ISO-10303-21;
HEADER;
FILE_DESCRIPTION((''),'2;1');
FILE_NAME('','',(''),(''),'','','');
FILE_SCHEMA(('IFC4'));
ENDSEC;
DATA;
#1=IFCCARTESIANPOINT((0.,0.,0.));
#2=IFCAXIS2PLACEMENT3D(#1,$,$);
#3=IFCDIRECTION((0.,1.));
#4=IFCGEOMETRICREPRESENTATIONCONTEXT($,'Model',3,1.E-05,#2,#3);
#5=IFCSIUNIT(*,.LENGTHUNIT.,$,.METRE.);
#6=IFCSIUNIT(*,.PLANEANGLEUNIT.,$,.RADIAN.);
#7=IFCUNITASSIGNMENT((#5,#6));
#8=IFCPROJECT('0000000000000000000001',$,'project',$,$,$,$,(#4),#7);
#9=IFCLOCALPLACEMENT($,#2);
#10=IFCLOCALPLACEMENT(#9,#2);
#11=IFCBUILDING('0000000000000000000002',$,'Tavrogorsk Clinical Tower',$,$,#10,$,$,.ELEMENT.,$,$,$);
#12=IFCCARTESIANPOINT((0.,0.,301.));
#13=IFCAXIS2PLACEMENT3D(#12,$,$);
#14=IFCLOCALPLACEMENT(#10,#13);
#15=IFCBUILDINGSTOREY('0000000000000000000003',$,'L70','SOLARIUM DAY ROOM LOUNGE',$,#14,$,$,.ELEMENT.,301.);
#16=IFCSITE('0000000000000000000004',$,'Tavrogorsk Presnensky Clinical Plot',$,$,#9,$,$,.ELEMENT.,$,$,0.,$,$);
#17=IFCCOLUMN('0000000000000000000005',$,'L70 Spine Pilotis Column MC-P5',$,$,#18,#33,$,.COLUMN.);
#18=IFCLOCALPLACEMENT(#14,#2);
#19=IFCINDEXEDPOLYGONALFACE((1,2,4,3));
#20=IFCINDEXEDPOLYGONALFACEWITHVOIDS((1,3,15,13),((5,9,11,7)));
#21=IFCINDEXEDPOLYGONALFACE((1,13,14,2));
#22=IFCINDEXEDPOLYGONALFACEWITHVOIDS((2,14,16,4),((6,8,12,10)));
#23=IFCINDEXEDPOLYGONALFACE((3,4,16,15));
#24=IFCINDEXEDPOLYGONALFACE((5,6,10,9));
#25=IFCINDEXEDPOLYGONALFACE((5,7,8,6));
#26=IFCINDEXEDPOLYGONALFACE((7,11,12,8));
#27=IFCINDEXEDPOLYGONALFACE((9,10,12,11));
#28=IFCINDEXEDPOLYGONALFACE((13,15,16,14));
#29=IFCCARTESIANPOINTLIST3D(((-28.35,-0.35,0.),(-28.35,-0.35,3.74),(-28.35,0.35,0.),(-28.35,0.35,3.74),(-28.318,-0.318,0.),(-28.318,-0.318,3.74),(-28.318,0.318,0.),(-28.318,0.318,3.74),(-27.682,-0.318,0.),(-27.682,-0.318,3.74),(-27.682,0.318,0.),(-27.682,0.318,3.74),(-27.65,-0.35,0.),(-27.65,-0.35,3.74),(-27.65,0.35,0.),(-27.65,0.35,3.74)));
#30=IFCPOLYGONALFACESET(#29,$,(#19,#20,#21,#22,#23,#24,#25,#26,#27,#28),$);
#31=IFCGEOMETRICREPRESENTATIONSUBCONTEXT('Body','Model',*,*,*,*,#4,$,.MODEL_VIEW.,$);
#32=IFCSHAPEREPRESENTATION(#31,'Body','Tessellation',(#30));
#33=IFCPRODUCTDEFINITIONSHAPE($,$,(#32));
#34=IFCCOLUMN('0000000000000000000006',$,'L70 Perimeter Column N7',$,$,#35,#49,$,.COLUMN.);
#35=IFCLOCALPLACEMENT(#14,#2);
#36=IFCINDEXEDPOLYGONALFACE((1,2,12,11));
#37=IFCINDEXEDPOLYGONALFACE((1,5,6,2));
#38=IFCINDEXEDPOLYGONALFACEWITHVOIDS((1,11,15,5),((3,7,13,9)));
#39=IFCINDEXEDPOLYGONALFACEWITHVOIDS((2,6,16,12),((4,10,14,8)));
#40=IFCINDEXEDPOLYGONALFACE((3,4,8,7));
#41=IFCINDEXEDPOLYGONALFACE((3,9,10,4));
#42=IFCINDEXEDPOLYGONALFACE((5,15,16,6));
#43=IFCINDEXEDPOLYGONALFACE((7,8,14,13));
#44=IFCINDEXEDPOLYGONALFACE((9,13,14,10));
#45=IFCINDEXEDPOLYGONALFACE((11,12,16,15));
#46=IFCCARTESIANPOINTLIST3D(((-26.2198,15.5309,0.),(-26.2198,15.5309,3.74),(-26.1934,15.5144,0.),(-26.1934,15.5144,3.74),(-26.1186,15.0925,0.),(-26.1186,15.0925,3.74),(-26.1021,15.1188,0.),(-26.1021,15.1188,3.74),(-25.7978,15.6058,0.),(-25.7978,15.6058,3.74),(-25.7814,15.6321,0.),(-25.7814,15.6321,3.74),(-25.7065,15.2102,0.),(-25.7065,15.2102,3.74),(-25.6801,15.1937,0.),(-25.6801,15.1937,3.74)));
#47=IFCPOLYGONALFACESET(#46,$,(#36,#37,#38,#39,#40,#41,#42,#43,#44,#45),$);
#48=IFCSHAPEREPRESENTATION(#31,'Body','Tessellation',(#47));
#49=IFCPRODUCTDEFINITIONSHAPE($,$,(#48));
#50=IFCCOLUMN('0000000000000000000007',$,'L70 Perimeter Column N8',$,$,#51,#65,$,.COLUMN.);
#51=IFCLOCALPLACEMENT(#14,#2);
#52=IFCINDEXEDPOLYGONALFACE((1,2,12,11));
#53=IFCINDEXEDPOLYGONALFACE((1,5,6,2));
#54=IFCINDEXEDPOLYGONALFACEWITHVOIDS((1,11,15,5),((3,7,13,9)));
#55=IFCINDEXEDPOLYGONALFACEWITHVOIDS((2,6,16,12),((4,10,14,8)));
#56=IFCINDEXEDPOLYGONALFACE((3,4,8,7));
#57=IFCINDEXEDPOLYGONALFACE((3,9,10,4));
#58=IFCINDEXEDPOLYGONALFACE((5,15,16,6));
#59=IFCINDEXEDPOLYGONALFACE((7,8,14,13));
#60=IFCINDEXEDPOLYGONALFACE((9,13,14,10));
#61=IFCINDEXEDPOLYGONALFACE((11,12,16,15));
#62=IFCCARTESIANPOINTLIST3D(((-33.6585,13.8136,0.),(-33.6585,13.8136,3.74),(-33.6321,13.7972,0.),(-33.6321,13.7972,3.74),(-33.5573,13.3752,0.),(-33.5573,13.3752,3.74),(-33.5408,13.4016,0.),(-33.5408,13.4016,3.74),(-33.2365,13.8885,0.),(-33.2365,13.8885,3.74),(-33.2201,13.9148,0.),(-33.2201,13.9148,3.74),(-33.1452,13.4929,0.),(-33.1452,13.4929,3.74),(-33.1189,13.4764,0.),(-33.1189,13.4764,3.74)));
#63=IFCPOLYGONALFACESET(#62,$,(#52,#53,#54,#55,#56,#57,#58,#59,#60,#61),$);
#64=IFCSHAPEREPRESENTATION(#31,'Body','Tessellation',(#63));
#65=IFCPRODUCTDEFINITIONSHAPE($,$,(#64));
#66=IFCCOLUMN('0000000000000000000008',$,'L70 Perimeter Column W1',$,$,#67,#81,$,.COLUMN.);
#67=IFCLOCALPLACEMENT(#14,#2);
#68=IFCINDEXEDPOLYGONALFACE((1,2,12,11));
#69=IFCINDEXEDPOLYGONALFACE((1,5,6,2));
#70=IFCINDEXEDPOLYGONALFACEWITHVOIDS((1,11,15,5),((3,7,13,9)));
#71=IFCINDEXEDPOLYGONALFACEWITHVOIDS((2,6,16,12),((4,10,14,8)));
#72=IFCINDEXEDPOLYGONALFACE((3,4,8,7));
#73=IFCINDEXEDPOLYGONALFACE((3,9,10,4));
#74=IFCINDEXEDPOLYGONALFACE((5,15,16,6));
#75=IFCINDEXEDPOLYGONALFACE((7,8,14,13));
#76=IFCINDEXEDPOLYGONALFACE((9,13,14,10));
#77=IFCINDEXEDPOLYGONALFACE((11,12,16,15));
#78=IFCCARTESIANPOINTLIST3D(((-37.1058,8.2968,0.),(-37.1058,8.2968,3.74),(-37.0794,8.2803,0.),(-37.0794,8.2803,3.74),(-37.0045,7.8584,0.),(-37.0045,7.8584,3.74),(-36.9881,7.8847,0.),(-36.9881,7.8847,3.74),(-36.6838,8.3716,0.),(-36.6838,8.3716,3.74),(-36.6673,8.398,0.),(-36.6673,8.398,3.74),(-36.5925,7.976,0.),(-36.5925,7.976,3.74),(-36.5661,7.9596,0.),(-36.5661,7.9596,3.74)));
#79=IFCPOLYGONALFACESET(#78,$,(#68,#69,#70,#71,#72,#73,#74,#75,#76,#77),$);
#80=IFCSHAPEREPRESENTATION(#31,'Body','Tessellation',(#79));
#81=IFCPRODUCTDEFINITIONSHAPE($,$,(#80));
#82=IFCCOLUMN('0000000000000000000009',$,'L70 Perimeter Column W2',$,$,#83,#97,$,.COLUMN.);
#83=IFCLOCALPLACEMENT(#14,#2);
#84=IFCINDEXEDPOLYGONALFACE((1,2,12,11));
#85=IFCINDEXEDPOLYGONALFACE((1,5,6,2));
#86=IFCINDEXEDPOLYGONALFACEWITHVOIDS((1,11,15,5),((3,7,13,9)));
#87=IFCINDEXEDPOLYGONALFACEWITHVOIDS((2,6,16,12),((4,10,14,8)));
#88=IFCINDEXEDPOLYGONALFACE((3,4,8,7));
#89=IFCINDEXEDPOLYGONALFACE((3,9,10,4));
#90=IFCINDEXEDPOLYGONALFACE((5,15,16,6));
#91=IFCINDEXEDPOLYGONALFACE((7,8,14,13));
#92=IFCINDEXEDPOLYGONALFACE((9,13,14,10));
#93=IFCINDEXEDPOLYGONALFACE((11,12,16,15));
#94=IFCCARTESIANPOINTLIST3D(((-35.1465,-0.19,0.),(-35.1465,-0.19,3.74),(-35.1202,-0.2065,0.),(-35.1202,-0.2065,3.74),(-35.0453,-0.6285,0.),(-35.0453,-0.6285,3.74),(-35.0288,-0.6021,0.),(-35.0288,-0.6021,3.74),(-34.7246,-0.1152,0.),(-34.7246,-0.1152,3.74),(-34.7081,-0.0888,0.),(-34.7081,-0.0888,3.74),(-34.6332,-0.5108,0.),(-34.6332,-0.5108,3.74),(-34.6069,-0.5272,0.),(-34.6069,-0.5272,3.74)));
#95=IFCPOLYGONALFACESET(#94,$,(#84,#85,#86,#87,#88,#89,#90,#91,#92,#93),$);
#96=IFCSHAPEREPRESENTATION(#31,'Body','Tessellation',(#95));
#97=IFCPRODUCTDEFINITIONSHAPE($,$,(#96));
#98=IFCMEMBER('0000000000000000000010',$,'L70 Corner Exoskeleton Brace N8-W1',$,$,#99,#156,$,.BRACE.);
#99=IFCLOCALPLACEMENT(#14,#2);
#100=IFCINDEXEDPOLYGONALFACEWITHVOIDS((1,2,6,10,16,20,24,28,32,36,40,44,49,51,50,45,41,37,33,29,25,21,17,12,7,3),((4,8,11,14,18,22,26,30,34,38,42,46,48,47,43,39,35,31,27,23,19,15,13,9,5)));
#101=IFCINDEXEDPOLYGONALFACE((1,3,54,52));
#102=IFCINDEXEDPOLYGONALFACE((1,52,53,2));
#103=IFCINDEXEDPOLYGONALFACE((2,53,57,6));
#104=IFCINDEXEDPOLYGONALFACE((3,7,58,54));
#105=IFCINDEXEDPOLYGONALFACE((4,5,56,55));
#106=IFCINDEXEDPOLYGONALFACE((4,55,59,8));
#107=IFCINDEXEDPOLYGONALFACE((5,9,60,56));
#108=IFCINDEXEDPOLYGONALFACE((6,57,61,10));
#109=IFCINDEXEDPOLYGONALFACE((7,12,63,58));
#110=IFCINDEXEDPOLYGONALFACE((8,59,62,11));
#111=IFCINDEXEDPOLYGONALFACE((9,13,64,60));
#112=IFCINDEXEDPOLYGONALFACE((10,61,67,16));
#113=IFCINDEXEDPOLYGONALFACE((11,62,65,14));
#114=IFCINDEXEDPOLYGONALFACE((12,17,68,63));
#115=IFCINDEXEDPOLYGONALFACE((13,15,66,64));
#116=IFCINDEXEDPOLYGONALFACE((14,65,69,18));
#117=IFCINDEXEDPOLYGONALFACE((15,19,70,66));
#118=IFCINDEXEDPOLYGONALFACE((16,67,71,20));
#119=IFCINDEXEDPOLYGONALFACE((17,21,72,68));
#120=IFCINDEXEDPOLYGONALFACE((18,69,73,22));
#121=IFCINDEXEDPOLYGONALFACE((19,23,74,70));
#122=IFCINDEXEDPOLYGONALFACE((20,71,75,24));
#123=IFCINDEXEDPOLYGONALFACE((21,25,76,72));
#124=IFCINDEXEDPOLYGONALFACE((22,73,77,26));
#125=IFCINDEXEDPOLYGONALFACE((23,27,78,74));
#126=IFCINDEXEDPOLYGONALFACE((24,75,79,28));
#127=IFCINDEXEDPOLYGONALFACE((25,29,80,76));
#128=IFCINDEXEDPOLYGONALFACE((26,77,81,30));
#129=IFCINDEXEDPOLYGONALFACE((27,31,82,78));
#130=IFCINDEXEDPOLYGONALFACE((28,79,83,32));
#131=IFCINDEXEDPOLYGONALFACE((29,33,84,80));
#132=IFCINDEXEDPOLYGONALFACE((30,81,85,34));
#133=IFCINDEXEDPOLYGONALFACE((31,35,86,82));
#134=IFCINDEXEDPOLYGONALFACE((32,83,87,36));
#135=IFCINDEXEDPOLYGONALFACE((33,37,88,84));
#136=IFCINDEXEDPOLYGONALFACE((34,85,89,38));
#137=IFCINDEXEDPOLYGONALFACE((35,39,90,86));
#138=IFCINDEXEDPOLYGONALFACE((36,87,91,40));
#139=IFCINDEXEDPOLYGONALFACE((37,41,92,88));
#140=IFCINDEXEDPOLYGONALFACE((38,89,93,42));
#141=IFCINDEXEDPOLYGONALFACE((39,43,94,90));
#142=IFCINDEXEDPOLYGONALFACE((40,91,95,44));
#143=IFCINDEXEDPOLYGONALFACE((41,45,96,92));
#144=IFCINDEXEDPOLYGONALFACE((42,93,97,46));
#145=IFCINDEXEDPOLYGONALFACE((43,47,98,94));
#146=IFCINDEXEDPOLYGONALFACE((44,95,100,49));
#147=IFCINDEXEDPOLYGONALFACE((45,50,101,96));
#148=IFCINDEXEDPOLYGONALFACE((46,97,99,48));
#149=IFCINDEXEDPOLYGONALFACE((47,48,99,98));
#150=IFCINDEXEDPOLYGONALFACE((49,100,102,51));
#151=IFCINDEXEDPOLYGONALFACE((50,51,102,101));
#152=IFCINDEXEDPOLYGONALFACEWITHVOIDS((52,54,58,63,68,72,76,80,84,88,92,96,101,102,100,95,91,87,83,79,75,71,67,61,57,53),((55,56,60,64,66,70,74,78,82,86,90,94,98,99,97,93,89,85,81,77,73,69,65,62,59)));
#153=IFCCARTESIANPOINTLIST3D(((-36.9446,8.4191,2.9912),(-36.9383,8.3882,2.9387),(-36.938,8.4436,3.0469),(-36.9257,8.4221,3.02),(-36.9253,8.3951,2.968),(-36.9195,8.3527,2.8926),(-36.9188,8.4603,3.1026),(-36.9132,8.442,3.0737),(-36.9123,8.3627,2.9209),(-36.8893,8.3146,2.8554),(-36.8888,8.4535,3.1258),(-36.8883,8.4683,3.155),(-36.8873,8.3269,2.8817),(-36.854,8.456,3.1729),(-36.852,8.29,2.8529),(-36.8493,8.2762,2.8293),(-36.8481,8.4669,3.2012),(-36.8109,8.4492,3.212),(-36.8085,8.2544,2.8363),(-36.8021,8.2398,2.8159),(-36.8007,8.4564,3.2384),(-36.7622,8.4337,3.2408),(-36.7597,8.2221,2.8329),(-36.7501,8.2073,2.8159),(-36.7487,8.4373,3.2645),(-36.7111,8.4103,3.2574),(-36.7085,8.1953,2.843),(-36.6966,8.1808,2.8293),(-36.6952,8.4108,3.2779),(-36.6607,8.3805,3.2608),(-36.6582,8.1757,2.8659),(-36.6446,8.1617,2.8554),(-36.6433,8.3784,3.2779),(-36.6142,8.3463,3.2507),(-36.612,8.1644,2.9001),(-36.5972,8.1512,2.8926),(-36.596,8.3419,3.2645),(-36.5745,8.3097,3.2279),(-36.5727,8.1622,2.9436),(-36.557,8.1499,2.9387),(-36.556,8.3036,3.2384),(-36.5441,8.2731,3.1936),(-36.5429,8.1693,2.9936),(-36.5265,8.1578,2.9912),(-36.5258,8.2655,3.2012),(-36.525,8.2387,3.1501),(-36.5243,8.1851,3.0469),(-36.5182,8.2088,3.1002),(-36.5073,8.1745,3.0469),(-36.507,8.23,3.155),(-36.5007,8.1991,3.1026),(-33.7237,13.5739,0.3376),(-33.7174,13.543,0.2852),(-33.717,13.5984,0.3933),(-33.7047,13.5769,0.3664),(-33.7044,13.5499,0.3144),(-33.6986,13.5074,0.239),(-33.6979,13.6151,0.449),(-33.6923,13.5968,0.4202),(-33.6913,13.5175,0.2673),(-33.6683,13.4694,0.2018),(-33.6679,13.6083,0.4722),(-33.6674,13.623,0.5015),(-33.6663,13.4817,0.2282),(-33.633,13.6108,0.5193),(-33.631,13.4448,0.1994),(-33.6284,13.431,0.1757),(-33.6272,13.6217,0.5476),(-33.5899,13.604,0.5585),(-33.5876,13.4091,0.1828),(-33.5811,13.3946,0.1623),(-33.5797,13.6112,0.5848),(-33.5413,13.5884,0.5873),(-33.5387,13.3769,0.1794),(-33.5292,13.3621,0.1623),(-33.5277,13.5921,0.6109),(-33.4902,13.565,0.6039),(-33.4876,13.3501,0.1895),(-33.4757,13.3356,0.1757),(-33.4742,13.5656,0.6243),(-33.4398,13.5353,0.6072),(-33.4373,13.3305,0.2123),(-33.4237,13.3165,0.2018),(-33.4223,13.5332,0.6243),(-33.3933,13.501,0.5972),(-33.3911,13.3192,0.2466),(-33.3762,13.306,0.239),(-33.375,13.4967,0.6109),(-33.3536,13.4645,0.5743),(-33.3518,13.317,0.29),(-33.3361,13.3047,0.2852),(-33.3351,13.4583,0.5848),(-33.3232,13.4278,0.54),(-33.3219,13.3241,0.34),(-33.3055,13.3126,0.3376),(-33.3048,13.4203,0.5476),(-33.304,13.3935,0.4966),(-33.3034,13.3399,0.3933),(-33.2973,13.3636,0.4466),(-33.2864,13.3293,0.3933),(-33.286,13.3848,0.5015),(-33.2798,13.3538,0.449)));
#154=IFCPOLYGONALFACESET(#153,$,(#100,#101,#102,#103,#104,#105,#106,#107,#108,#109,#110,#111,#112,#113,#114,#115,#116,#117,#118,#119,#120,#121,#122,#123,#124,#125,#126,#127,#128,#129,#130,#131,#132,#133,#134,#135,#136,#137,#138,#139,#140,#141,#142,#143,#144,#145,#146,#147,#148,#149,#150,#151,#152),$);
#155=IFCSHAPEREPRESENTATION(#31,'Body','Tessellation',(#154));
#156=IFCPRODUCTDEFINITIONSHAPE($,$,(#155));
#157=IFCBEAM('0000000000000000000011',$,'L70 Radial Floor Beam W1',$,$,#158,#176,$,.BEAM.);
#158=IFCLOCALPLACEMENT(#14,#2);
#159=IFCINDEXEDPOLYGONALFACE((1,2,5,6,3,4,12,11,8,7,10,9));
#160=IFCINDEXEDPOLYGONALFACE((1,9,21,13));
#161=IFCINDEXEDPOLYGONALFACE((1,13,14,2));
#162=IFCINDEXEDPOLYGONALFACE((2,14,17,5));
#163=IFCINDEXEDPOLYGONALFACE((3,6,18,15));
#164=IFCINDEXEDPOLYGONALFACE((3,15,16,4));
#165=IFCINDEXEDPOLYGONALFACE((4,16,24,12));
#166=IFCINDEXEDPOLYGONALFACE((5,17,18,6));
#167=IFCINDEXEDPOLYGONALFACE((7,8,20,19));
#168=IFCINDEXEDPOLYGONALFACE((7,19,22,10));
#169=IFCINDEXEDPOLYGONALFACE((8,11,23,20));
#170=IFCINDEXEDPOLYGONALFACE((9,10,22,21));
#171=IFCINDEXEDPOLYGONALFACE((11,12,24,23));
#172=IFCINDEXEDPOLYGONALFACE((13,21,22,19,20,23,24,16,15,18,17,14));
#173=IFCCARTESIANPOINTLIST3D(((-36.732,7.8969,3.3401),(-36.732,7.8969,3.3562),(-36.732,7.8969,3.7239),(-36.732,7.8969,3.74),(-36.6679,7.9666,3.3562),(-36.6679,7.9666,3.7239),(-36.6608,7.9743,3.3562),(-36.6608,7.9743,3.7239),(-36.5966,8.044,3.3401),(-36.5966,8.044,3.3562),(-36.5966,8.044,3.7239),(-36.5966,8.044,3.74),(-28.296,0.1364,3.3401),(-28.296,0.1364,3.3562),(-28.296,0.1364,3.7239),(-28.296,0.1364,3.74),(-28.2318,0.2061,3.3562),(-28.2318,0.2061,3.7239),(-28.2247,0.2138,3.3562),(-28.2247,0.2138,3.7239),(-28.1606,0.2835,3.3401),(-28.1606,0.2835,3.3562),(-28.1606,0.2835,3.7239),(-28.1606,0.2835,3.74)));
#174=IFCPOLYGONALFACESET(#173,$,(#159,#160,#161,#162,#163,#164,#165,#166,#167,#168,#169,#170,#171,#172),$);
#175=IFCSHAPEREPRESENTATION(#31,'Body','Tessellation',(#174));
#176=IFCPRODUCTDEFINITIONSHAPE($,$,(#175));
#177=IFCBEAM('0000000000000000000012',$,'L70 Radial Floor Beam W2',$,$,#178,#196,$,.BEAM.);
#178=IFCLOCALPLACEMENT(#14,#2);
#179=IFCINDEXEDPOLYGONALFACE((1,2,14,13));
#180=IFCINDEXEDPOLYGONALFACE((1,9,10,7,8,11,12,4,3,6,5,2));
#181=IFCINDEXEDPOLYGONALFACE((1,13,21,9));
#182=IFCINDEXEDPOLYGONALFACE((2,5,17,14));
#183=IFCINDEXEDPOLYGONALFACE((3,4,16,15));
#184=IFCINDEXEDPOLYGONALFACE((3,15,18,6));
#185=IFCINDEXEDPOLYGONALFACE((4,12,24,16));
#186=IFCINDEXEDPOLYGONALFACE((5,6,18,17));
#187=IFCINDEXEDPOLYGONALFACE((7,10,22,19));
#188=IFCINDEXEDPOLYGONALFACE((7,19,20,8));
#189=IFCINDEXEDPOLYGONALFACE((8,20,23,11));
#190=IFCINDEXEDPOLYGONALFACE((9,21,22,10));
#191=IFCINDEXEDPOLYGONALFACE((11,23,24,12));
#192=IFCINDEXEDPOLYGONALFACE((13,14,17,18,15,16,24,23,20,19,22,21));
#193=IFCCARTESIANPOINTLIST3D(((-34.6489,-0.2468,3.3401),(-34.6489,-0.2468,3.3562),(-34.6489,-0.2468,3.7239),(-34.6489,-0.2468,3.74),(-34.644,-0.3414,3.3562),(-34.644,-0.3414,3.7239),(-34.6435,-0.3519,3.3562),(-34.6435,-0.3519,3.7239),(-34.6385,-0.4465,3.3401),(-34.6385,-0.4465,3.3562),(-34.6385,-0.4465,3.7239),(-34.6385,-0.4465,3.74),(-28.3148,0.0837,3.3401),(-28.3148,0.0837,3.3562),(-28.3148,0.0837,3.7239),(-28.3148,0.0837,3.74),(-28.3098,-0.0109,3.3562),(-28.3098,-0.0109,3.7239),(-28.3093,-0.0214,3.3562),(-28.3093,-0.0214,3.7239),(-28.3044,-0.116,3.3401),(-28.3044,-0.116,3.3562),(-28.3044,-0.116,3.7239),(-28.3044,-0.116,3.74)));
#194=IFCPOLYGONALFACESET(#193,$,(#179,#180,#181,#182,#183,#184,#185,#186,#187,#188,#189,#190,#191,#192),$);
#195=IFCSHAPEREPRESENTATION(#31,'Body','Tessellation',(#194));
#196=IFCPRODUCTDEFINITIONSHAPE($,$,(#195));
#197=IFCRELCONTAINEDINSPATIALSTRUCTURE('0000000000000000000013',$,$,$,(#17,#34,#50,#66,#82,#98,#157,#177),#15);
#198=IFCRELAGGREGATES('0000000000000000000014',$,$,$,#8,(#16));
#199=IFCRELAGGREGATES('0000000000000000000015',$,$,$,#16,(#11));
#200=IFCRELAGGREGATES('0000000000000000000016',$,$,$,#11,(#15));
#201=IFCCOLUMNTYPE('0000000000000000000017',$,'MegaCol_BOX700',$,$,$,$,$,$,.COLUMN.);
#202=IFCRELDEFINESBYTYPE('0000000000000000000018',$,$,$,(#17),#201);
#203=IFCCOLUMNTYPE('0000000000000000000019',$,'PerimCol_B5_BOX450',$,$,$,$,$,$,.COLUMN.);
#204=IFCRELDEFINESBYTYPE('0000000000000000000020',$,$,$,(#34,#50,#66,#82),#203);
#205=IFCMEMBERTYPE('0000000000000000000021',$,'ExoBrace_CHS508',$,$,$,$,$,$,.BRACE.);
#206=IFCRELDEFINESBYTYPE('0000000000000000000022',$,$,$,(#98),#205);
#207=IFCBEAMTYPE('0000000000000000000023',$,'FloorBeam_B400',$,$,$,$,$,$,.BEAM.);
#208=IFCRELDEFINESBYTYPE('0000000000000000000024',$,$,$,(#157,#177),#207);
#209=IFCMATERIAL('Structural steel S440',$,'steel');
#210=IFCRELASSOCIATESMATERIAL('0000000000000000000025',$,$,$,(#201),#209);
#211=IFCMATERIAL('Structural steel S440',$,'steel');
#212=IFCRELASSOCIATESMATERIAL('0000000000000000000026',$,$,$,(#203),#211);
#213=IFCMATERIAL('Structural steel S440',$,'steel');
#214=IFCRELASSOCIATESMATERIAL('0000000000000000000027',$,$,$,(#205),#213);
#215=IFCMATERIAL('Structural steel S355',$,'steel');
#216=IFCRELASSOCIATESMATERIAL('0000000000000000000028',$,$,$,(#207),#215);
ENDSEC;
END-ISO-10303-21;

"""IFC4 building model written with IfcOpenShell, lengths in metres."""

from ifc_helpers import new_model, si_unit, direction, frame, origin, origin_2d, place, context, subcontext, project, spatial, hollow_rectangle, hollow_circle, i_section, extrude, material, material_profile, profile_set, type_object, element, save


model = new_model("IFC4")

# Units and contexts
model_context = context("Model", 3, precision=1e-05, world=origin(), true_north=direction((0.0, 1.0)))
body_context = subcontext(model_context, "Body", "Model", "MODEL_VIEW")
ifc_project = project(units=[si_unit("LENGTHUNIT", "METRE"), si_unit("PLANEANGLEUNIT", "RADIAN")], contexts=[model_context])

# Site, building, storey
site_placement = place(None, origin())
site = spatial("IfcSite", under=ifc_project, at=site_placement, Name="Tavrogorsk Presnensky Clinical Plot", CompositionType="ELEMENT", RefElevation=0.0)
building_placement = place(site_placement, origin())
building = spatial("IfcBuilding", under=site, at=building_placement, Name="Tavrogorsk Clinical Tower", CompositionType="ELEMENT")
storey_placement = place(building_placement, frame((0.0, 0.0, 301.0)))
storey = spatial("IfcBuildingStorey", under=building, at=storey_placement, Name="L70", Description="SOLARIUM DAY ROOM LOUNGE", CompositionType="ELEMENT", Elevation=301.0)

# Columns
ifc_material_1 = material(Name="Structural steel S440", Category="steel")
ifc_material_profile_1 = material_profile(ifc_material_1, hollow_rectangle(XDim=0.7, YDim=0.7, WallThickness=0.032, at=origin_2d()), Name="BOX-700x700x32")
ifc_profile_set_1 = profile_set([ifc_material_profile_1], Name="Structural steel S440")
column_type_1 = type_object("IfcColumnType", Name="MegaCol_BOX700", PredefinedType="COLUMN", material=ifc_profile_set_1)
column_placement = place(storey_placement, frame((-28.0, 0.0, 0.0), z_axis=(0.0, 0.0, 1.0), x_axis=(1.0, 0.0, 0.0)))
element("IfcColumn", 1, at=column_placement, inside=storey, type_object=column_type_1, Name="L70 Spine Pilotis Column MC-P5", PredefinedType="COLUMN", context=body_context, shape_type="SweptSolid", body=[
    extrude(hollow_rectangle(XDim=0.7, YDim=0.7, WallThickness=0.032, at=origin_2d()), origin(), (0.0, 0.0, 1.0), 3.74),
])
ifc_material_2 = material(Name="Structural steel S440", Category="steel")
ifc_material_profile_2 = material_profile(ifc_material_2, hollow_rectangle(XDim=0.45, YDim=0.45, WallThickness=0.022, at=origin_2d()), Name="BOX-450x450x22")
ifc_profile_set_2 = profile_set([ifc_material_profile_2], Name="Structural steel S440")
column_type_2 = type_object("IfcColumnType", Name="PerimCol_B5_BOX450", PredefinedType="COLUMN", material=ifc_profile_set_2)
for number, where, z_axis, x_axis, name in (
    (2, (-25.95, 15.3623, 0.0), (0.0, 0.0, 1.0), (0.97437, 0.224951, 0.0), "L70 Perimeter Column N7"),
    (3, (-33.3887, 13.645, 0.0), (0.0, 0.0, 1.0), (0.97437, 0.224951, 0.0), "L70 Perimeter Column N8"),
    (4, (-36.8359, 8.1282, 0.0), (0.0, 0.0, 1.0), (0.97437, 0.224951, 0.0), "L70 Perimeter Column W1"),
    (5, (-34.8767, -0.3586, 0.0), (0.0, 0.0, 1.0), (0.97437, 0.224951, 0.0), "L70 Perimeter Column W2"),
):
    element("IfcColumn", number, at=place(storey_placement, frame(where, z_axis=z_axis, x_axis=x_axis)), inside=storey, type_object=column_type_2, Name=name, PredefinedType="COLUMN", context=body_context, shape_type="SweptSolid", body=[
        extrude(hollow_rectangle(XDim=0.45, YDim=0.45, WallThickness=0.022, at=origin_2d()), origin(), (0.0, 0.0, 1.0), 3.74),
    ])

# Member
ifc_material_3 = material(Name="Structural steel S440", Category="steel")
ifc_material_profile_3 = material_profile(ifc_material_3, hollow_circle(Radius=0.2539, WallThickness=0.02, at=origin_2d()), Name="CHS-508x20")
ifc_profile_set_3 = profile_set([ifc_material_profile_3], Name="Structural steel S440")
member_type = type_object("IfcMemberType", Name="ExoBrace_CHS508", PredefinedType="BRACE", material=ifc_profile_set_3)
member_placement = place(storey_placement, frame((-33.5017, 13.4639, 0.3933), z_axis=(-0.485644, -0.777222, 0.400096), x_axis=(0.848057, -0.529905, 0.0)))
element("IfcMember", 6, at=member_placement, inside=storey, type_object=member_type, Name="L70 Corner Exoskeleton Brace N8-W1", PredefinedType="BRACE", context=body_context, shape_type="SweptSolid", body=[
    extrude(hollow_circle(Radius=0.2539, WallThickness=0.02, at=origin_2d()), origin(), (0.0, 0.0, 1.0), 6.6323),
])

# Beams
ifc_material_4 = material(Name="Structural steel S355", Category="steel")
ifc_material_profile_4 = material_profile(ifc_material_4, i_section(OverallWidth=0.2, OverallDepth=0.3999, WebThickness=0.0105, FlangeThickness=0.0161, at=origin_2d()), Name="B-400x200x10.5x16")
ifc_profile_set_4 = profile_set([ifc_material_profile_4], Name="Structural steel S355")
beam_type_1 = type_object("IfcBeamType", Name="FloorBeam_B400", PredefinedType="BEAM", material=ifc_profile_set_4)
beam_1_placement = place(storey_placement, frame((-28.2283, 0.21, 3.54), z_axis=(-0.735959, 0.677026, 0.0), x_axis=(-0.677026, -0.735959, 0.0)))
element("IfcBeam", 7, at=beam_1_placement, inside=storey, type_object=beam_type_1, Name="L70 Radial Floor Beam W1", PredefinedType="BEAM", context=body_context, shape_type="SweptSolid", body=[
    extrude(i_section(OverallWidth=0.2, OverallDepth=0.3999, WebThickness=0.0105, FlangeThickness=0.0161, at=origin_2d()), origin(), (0.0, 0.0, 1.0), 11.4626),
])
beam_2_placement = place(storey_placement, frame((-28.3096, -0.0161, 3.54), z_axis=(-0.998641, -0.052116, 0.0), x_axis=(0.052116, -0.998641, 0.0)))
element("IfcBeam", 8, at=beam_2_placement, inside=storey, type_object=beam_type_1, Name="L70 Radial Floor Beam W2", PredefinedType="BEAM", context=body_context, shape_type="SweptSolid", body=[
    extrude(i_section(OverallWidth=0.2, OverallDepth=0.3999, WebThickness=0.0105, FlangeThickness=0.0161, at=origin_2d()), origin(), (0.0, 0.0, 1.0), 6.3428),
])

save(model, "model.ifc")
